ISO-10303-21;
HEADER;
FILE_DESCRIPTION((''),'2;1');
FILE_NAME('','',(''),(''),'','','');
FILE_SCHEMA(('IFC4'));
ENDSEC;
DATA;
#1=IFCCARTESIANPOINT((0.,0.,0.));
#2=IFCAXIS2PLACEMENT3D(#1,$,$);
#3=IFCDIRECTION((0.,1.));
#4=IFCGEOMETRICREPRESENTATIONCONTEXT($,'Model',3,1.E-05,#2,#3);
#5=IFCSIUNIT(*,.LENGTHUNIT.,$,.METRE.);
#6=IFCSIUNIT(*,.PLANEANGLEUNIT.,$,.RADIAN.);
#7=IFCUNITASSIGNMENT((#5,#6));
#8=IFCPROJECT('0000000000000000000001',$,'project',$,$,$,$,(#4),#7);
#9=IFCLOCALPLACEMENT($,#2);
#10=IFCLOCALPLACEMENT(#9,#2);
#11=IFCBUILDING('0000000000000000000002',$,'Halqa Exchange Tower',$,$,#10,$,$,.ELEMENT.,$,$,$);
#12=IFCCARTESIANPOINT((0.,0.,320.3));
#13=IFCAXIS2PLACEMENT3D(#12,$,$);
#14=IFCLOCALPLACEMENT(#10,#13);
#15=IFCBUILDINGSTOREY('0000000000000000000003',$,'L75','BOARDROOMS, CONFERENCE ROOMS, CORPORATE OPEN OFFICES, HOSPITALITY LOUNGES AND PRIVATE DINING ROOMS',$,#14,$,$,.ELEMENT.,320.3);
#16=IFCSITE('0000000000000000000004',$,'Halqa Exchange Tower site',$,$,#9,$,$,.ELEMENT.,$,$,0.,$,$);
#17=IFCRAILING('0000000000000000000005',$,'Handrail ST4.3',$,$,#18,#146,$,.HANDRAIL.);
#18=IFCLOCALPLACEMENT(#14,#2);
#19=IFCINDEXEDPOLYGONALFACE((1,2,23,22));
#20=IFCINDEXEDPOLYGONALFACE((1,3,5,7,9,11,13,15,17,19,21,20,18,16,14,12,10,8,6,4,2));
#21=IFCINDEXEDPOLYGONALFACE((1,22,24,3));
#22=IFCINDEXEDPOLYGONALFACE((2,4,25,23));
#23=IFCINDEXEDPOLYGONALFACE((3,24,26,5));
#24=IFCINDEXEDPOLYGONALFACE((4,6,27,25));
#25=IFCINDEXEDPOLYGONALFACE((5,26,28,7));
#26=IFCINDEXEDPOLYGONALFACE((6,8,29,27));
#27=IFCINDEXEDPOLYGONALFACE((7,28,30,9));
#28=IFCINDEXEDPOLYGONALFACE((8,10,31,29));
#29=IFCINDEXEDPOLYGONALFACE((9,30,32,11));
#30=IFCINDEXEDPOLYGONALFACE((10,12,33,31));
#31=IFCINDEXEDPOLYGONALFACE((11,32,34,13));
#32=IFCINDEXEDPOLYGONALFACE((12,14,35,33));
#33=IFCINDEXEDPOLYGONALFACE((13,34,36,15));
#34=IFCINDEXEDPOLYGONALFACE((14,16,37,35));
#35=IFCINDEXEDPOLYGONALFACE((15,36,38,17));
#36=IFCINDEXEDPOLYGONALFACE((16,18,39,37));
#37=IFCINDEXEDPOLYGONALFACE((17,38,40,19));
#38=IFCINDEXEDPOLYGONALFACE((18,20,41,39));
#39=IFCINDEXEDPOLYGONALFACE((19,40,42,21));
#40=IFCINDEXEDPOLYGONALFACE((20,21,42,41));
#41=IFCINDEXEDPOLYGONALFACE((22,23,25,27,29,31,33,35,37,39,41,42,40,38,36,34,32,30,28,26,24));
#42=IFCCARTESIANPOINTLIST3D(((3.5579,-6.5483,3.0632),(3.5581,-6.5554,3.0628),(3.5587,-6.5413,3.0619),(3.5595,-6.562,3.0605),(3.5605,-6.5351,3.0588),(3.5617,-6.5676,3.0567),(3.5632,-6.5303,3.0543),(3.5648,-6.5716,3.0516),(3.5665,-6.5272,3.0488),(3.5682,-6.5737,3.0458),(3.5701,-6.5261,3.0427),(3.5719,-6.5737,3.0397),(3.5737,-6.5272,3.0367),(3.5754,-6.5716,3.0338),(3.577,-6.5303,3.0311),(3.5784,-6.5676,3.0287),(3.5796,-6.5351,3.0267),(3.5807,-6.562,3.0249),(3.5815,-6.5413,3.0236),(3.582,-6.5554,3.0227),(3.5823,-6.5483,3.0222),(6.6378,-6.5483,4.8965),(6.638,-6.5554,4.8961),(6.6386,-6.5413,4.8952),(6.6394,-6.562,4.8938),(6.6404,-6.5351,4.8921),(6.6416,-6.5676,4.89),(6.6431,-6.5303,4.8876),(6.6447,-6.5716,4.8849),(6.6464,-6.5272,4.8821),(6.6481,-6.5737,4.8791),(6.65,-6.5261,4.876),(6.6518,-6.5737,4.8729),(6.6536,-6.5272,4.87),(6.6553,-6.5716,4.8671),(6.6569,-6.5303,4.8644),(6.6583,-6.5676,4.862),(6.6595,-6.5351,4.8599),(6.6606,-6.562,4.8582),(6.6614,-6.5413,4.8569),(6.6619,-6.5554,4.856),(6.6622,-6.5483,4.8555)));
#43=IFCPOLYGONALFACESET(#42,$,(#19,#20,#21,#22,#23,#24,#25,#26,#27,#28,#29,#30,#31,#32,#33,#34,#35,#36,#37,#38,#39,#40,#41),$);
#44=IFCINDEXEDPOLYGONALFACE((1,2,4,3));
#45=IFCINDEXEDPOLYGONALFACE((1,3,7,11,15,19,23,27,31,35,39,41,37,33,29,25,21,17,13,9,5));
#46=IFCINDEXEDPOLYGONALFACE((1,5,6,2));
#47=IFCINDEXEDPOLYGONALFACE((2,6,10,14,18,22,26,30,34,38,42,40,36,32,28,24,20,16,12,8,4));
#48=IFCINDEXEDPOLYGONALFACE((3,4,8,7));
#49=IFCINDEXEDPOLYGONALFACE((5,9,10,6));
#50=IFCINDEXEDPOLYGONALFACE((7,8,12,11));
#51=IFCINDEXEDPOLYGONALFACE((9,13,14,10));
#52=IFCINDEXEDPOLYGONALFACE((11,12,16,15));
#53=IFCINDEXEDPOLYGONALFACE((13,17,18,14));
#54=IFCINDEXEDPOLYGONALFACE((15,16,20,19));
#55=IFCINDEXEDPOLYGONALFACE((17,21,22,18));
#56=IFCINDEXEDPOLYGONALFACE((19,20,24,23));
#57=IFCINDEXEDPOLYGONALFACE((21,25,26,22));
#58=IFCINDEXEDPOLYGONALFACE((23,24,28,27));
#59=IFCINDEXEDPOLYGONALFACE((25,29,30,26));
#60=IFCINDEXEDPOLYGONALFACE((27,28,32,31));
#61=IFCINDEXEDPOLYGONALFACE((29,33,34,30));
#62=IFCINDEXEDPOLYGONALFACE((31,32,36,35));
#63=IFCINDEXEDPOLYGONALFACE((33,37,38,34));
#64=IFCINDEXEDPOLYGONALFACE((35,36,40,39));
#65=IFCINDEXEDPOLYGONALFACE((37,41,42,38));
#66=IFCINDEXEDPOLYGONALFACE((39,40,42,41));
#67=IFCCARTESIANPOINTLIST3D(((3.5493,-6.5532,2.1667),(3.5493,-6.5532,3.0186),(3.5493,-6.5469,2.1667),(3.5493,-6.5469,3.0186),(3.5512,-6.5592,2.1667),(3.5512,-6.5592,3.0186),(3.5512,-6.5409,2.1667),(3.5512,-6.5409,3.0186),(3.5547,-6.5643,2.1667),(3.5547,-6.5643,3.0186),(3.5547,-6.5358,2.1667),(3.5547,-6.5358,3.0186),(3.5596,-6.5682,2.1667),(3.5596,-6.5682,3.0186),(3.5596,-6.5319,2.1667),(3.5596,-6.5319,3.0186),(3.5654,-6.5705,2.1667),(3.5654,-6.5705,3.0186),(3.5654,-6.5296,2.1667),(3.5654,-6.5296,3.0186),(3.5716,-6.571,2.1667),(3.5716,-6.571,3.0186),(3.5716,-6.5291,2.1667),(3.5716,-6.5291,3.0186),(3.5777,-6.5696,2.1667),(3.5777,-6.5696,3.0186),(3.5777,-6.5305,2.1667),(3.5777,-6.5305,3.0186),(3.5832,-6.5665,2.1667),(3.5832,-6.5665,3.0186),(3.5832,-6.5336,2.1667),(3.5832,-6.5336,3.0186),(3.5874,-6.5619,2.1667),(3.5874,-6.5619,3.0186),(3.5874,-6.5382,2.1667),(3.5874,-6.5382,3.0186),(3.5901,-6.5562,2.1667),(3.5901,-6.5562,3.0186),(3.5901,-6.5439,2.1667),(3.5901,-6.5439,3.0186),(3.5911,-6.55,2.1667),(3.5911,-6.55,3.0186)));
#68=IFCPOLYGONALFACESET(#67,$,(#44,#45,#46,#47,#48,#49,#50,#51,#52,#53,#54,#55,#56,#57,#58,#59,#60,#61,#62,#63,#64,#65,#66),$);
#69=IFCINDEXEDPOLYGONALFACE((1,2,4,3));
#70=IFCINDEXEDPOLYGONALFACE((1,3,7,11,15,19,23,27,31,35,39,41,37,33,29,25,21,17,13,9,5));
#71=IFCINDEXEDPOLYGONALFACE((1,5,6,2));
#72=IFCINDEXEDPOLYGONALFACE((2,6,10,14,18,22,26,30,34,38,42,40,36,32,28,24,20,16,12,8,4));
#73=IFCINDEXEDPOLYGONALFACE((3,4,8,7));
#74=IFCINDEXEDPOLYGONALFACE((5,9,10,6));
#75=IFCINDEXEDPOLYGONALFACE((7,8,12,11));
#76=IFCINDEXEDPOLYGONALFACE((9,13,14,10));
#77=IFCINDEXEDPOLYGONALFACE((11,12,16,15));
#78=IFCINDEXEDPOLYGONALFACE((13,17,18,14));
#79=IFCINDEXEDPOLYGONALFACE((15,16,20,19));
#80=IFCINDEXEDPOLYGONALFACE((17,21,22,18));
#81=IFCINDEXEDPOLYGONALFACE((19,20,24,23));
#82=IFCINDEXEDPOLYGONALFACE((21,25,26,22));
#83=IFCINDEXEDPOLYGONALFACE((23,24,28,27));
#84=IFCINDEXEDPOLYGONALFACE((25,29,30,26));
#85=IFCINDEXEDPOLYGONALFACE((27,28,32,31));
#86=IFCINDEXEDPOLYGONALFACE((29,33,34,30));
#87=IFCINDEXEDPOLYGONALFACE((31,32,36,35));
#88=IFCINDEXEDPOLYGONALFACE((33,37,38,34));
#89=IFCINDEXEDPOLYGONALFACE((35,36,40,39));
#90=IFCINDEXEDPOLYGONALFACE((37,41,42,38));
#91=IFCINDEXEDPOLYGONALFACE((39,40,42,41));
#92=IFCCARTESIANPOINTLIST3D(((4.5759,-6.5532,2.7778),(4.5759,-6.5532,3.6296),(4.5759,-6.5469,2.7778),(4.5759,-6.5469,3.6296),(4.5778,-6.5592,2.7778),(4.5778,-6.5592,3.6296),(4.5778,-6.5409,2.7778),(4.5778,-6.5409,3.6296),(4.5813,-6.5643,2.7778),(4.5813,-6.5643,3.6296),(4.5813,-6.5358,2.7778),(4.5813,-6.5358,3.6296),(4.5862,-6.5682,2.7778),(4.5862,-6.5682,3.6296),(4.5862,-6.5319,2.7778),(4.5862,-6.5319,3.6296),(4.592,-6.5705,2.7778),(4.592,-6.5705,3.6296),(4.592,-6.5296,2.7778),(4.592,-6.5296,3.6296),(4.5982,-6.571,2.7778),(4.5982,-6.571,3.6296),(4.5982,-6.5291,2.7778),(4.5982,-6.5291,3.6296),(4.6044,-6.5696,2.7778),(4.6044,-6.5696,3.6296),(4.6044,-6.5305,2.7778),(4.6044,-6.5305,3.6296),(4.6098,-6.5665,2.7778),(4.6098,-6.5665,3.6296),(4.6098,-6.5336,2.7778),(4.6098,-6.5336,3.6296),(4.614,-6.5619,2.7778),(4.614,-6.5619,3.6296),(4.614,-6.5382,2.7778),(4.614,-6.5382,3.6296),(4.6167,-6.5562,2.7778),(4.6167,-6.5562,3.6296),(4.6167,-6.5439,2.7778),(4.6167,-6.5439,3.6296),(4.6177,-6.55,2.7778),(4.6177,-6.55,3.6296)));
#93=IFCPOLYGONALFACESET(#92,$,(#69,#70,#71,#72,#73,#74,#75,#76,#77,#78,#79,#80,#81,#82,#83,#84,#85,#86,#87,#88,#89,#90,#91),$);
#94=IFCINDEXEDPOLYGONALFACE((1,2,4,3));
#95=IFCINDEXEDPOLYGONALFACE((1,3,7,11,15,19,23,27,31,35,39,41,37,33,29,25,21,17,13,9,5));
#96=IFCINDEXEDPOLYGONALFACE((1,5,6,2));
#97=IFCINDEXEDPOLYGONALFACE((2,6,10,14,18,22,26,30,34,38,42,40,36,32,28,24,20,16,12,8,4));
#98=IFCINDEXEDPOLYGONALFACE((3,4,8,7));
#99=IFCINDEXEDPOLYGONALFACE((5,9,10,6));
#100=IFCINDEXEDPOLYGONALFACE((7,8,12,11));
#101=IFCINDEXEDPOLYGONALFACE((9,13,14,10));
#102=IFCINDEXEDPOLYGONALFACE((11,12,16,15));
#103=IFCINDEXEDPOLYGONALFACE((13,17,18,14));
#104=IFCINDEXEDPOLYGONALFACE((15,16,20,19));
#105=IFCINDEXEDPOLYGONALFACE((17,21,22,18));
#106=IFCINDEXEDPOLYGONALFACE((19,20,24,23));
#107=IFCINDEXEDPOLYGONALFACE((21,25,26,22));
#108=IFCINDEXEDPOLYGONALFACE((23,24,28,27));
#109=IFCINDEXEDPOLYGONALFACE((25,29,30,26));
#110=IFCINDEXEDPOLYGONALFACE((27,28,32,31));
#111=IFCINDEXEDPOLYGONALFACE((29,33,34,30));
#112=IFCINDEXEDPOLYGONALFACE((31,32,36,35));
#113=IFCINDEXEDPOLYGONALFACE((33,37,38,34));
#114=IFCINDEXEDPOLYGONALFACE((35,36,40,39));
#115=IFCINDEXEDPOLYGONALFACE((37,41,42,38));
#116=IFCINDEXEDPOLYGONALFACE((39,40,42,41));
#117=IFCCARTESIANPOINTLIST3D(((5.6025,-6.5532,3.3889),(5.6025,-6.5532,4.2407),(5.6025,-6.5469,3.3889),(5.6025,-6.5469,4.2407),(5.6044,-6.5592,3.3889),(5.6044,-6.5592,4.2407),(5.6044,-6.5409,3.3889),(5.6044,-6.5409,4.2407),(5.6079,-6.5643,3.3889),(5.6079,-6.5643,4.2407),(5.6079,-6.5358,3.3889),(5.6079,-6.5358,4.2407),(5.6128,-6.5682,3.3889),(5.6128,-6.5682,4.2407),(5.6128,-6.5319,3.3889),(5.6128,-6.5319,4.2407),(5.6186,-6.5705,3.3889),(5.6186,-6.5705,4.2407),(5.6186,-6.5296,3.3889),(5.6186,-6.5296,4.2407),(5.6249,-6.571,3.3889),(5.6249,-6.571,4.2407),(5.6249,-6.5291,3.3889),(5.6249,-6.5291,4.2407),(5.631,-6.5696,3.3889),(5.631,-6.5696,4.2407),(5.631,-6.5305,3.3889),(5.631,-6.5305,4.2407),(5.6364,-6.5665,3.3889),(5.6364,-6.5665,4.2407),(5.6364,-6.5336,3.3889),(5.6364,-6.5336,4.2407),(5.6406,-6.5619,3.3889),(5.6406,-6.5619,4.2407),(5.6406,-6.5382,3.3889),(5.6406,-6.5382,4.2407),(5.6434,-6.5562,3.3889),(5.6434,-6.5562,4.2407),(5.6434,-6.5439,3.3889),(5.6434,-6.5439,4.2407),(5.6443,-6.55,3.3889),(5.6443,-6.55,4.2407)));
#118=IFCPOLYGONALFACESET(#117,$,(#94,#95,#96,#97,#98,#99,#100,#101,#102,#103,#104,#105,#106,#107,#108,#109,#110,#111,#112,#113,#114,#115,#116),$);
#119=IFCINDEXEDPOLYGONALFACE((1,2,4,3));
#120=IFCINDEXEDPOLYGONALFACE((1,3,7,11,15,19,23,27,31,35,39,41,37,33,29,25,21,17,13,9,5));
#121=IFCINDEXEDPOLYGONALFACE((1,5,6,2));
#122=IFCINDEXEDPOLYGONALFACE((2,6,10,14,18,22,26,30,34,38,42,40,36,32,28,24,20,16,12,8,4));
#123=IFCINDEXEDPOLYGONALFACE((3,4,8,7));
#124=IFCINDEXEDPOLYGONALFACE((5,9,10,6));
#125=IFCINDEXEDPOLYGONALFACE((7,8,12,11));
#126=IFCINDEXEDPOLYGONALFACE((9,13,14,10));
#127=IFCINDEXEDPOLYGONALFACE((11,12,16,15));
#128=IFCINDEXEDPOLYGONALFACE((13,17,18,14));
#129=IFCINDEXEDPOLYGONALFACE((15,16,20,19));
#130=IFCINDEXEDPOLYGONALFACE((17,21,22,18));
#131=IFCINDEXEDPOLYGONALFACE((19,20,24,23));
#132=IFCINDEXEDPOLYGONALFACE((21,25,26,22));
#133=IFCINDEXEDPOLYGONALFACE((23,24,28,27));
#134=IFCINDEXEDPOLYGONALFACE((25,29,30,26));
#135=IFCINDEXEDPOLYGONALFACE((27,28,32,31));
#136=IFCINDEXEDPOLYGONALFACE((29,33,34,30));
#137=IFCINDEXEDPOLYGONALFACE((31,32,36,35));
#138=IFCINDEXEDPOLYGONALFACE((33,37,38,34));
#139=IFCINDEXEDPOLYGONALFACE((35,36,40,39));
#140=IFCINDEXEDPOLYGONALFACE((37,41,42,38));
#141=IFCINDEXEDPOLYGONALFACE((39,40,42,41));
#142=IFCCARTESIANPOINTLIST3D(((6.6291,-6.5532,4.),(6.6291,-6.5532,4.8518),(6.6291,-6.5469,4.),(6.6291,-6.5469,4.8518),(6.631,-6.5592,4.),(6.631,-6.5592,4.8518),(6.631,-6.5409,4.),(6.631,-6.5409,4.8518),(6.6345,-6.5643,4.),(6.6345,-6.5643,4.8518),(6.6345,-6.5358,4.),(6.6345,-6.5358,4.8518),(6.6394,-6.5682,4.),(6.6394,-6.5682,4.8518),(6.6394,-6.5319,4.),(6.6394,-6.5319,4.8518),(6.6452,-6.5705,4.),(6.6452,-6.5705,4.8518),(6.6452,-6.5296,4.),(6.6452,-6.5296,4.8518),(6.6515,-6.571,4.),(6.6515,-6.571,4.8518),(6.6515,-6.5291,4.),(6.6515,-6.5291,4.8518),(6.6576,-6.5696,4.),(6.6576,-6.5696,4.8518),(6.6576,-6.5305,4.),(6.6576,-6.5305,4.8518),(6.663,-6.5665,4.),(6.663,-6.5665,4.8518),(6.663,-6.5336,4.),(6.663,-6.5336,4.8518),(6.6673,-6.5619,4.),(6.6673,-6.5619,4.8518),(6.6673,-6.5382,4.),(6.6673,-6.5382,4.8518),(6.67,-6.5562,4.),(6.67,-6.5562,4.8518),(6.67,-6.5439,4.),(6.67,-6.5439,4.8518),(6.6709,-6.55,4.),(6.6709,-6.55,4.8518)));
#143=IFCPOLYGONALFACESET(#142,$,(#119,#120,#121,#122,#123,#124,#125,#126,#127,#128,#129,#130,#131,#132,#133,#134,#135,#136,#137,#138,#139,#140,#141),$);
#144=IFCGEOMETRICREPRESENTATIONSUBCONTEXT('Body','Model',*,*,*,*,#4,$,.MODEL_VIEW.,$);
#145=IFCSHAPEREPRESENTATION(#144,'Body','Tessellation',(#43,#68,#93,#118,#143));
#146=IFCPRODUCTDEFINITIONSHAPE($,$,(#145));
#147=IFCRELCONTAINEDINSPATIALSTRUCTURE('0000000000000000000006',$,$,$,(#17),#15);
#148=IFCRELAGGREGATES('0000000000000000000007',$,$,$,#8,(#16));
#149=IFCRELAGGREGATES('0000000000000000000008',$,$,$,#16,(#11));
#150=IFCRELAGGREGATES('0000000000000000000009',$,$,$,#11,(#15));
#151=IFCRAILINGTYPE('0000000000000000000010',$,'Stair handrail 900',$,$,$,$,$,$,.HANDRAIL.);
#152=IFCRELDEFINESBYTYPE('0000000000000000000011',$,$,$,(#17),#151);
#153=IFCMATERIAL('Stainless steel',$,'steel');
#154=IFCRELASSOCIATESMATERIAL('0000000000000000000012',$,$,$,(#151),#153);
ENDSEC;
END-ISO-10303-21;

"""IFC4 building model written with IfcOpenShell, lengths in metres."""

from ifc_helpers import new_model, si_unit, direction, frame, origin, origin_2d, place, context, subcontext, project, spatial, circle, extrude, material, type_object, element, save


model = new_model("IFC4")

# Units and contexts
model_context = context("Model", 3, precision=1e-05, world=origin(), true_north=direction((0.0, 1.0)))
body_context = subcontext(model_context, "Body", "Model", "MODEL_VIEW")
ifc_project = project(units=[si_unit("LENGTHUNIT", "METRE"), si_unit("PLANEANGLEUNIT", "RADIAN")], contexts=[model_context])

# Site, building, storey
site_placement = place(None, origin())
site = spatial("IfcSite", under=ifc_project, at=site_placement, Name="Halqa Exchange Tower site", CompositionType="ELEMENT", RefElevation=0.0)
building_placement = place(site_placement, origin())
building = spatial("IfcBuilding", under=site, at=building_placement, Name="Halqa Exchange Tower", CompositionType="ELEMENT")
storey_placement = place(building_placement, frame((0.0, 0.0, 320.3)))
storey = spatial("IfcBuildingStorey", under=building, at=storey_placement, Name="L75", Description="BOARDROOMS, CONFERENCE ROOMS, CORPORATE OPEN OFFICES, HOSPITALITY LOUNGES AND PRIVATE DINING ROOMS", CompositionType="ELEMENT", Elevation=320.3)

# Railing
ifc_material_1 = material(Name="Stainless steel", Category="steel")
railing_type_1 = type_object("IfcRailingType", Name="Stair handrail 900", PredefinedType="HANDRAIL", material=ifc_material_1)
railing_1_placement = place(storey_placement, frame((3.5701, -6.55, 2.1667)))
element("IfcRailing", 1, at=railing_1_placement, inside=storey, type_object=railing_type_1, Name="Handrail ST4.3", PredefinedType="HANDRAIL", context=body_context, shape_type="SweptSolid", body=[
    extrude(circle(Radius=0.0239, at=origin_2d()), frame((0.0, 0.0, 0.876), z_axis=(0.859291, 0.0, 0.511487), x_axis=(0.0, 1.0, 0.0)), (0.0, 0.0, 1.0), 3.5842),
    extrude(circle(Radius=0.021, at=origin_2d()), origin(), (0.0, 0.0, 1.0), 0.8518),
    extrude(circle(Radius=0.021, at=origin_2d()), frame((1.0266, 0.0, 0.6111)), (0.0, 0.0, 1.0), 0.8518),
    extrude(circle(Radius=0.021, at=origin_2d()), frame((2.0532, 0.0, 1.2222)), (0.0, 0.0, 1.0), 0.8518),
    extrude(circle(Radius=0.021, at=origin_2d()), frame((3.0798, 0.0, 1.8333)), (0.0, 0.0, 1.0), 0.8518),
])

save(model, "model.ifc")
